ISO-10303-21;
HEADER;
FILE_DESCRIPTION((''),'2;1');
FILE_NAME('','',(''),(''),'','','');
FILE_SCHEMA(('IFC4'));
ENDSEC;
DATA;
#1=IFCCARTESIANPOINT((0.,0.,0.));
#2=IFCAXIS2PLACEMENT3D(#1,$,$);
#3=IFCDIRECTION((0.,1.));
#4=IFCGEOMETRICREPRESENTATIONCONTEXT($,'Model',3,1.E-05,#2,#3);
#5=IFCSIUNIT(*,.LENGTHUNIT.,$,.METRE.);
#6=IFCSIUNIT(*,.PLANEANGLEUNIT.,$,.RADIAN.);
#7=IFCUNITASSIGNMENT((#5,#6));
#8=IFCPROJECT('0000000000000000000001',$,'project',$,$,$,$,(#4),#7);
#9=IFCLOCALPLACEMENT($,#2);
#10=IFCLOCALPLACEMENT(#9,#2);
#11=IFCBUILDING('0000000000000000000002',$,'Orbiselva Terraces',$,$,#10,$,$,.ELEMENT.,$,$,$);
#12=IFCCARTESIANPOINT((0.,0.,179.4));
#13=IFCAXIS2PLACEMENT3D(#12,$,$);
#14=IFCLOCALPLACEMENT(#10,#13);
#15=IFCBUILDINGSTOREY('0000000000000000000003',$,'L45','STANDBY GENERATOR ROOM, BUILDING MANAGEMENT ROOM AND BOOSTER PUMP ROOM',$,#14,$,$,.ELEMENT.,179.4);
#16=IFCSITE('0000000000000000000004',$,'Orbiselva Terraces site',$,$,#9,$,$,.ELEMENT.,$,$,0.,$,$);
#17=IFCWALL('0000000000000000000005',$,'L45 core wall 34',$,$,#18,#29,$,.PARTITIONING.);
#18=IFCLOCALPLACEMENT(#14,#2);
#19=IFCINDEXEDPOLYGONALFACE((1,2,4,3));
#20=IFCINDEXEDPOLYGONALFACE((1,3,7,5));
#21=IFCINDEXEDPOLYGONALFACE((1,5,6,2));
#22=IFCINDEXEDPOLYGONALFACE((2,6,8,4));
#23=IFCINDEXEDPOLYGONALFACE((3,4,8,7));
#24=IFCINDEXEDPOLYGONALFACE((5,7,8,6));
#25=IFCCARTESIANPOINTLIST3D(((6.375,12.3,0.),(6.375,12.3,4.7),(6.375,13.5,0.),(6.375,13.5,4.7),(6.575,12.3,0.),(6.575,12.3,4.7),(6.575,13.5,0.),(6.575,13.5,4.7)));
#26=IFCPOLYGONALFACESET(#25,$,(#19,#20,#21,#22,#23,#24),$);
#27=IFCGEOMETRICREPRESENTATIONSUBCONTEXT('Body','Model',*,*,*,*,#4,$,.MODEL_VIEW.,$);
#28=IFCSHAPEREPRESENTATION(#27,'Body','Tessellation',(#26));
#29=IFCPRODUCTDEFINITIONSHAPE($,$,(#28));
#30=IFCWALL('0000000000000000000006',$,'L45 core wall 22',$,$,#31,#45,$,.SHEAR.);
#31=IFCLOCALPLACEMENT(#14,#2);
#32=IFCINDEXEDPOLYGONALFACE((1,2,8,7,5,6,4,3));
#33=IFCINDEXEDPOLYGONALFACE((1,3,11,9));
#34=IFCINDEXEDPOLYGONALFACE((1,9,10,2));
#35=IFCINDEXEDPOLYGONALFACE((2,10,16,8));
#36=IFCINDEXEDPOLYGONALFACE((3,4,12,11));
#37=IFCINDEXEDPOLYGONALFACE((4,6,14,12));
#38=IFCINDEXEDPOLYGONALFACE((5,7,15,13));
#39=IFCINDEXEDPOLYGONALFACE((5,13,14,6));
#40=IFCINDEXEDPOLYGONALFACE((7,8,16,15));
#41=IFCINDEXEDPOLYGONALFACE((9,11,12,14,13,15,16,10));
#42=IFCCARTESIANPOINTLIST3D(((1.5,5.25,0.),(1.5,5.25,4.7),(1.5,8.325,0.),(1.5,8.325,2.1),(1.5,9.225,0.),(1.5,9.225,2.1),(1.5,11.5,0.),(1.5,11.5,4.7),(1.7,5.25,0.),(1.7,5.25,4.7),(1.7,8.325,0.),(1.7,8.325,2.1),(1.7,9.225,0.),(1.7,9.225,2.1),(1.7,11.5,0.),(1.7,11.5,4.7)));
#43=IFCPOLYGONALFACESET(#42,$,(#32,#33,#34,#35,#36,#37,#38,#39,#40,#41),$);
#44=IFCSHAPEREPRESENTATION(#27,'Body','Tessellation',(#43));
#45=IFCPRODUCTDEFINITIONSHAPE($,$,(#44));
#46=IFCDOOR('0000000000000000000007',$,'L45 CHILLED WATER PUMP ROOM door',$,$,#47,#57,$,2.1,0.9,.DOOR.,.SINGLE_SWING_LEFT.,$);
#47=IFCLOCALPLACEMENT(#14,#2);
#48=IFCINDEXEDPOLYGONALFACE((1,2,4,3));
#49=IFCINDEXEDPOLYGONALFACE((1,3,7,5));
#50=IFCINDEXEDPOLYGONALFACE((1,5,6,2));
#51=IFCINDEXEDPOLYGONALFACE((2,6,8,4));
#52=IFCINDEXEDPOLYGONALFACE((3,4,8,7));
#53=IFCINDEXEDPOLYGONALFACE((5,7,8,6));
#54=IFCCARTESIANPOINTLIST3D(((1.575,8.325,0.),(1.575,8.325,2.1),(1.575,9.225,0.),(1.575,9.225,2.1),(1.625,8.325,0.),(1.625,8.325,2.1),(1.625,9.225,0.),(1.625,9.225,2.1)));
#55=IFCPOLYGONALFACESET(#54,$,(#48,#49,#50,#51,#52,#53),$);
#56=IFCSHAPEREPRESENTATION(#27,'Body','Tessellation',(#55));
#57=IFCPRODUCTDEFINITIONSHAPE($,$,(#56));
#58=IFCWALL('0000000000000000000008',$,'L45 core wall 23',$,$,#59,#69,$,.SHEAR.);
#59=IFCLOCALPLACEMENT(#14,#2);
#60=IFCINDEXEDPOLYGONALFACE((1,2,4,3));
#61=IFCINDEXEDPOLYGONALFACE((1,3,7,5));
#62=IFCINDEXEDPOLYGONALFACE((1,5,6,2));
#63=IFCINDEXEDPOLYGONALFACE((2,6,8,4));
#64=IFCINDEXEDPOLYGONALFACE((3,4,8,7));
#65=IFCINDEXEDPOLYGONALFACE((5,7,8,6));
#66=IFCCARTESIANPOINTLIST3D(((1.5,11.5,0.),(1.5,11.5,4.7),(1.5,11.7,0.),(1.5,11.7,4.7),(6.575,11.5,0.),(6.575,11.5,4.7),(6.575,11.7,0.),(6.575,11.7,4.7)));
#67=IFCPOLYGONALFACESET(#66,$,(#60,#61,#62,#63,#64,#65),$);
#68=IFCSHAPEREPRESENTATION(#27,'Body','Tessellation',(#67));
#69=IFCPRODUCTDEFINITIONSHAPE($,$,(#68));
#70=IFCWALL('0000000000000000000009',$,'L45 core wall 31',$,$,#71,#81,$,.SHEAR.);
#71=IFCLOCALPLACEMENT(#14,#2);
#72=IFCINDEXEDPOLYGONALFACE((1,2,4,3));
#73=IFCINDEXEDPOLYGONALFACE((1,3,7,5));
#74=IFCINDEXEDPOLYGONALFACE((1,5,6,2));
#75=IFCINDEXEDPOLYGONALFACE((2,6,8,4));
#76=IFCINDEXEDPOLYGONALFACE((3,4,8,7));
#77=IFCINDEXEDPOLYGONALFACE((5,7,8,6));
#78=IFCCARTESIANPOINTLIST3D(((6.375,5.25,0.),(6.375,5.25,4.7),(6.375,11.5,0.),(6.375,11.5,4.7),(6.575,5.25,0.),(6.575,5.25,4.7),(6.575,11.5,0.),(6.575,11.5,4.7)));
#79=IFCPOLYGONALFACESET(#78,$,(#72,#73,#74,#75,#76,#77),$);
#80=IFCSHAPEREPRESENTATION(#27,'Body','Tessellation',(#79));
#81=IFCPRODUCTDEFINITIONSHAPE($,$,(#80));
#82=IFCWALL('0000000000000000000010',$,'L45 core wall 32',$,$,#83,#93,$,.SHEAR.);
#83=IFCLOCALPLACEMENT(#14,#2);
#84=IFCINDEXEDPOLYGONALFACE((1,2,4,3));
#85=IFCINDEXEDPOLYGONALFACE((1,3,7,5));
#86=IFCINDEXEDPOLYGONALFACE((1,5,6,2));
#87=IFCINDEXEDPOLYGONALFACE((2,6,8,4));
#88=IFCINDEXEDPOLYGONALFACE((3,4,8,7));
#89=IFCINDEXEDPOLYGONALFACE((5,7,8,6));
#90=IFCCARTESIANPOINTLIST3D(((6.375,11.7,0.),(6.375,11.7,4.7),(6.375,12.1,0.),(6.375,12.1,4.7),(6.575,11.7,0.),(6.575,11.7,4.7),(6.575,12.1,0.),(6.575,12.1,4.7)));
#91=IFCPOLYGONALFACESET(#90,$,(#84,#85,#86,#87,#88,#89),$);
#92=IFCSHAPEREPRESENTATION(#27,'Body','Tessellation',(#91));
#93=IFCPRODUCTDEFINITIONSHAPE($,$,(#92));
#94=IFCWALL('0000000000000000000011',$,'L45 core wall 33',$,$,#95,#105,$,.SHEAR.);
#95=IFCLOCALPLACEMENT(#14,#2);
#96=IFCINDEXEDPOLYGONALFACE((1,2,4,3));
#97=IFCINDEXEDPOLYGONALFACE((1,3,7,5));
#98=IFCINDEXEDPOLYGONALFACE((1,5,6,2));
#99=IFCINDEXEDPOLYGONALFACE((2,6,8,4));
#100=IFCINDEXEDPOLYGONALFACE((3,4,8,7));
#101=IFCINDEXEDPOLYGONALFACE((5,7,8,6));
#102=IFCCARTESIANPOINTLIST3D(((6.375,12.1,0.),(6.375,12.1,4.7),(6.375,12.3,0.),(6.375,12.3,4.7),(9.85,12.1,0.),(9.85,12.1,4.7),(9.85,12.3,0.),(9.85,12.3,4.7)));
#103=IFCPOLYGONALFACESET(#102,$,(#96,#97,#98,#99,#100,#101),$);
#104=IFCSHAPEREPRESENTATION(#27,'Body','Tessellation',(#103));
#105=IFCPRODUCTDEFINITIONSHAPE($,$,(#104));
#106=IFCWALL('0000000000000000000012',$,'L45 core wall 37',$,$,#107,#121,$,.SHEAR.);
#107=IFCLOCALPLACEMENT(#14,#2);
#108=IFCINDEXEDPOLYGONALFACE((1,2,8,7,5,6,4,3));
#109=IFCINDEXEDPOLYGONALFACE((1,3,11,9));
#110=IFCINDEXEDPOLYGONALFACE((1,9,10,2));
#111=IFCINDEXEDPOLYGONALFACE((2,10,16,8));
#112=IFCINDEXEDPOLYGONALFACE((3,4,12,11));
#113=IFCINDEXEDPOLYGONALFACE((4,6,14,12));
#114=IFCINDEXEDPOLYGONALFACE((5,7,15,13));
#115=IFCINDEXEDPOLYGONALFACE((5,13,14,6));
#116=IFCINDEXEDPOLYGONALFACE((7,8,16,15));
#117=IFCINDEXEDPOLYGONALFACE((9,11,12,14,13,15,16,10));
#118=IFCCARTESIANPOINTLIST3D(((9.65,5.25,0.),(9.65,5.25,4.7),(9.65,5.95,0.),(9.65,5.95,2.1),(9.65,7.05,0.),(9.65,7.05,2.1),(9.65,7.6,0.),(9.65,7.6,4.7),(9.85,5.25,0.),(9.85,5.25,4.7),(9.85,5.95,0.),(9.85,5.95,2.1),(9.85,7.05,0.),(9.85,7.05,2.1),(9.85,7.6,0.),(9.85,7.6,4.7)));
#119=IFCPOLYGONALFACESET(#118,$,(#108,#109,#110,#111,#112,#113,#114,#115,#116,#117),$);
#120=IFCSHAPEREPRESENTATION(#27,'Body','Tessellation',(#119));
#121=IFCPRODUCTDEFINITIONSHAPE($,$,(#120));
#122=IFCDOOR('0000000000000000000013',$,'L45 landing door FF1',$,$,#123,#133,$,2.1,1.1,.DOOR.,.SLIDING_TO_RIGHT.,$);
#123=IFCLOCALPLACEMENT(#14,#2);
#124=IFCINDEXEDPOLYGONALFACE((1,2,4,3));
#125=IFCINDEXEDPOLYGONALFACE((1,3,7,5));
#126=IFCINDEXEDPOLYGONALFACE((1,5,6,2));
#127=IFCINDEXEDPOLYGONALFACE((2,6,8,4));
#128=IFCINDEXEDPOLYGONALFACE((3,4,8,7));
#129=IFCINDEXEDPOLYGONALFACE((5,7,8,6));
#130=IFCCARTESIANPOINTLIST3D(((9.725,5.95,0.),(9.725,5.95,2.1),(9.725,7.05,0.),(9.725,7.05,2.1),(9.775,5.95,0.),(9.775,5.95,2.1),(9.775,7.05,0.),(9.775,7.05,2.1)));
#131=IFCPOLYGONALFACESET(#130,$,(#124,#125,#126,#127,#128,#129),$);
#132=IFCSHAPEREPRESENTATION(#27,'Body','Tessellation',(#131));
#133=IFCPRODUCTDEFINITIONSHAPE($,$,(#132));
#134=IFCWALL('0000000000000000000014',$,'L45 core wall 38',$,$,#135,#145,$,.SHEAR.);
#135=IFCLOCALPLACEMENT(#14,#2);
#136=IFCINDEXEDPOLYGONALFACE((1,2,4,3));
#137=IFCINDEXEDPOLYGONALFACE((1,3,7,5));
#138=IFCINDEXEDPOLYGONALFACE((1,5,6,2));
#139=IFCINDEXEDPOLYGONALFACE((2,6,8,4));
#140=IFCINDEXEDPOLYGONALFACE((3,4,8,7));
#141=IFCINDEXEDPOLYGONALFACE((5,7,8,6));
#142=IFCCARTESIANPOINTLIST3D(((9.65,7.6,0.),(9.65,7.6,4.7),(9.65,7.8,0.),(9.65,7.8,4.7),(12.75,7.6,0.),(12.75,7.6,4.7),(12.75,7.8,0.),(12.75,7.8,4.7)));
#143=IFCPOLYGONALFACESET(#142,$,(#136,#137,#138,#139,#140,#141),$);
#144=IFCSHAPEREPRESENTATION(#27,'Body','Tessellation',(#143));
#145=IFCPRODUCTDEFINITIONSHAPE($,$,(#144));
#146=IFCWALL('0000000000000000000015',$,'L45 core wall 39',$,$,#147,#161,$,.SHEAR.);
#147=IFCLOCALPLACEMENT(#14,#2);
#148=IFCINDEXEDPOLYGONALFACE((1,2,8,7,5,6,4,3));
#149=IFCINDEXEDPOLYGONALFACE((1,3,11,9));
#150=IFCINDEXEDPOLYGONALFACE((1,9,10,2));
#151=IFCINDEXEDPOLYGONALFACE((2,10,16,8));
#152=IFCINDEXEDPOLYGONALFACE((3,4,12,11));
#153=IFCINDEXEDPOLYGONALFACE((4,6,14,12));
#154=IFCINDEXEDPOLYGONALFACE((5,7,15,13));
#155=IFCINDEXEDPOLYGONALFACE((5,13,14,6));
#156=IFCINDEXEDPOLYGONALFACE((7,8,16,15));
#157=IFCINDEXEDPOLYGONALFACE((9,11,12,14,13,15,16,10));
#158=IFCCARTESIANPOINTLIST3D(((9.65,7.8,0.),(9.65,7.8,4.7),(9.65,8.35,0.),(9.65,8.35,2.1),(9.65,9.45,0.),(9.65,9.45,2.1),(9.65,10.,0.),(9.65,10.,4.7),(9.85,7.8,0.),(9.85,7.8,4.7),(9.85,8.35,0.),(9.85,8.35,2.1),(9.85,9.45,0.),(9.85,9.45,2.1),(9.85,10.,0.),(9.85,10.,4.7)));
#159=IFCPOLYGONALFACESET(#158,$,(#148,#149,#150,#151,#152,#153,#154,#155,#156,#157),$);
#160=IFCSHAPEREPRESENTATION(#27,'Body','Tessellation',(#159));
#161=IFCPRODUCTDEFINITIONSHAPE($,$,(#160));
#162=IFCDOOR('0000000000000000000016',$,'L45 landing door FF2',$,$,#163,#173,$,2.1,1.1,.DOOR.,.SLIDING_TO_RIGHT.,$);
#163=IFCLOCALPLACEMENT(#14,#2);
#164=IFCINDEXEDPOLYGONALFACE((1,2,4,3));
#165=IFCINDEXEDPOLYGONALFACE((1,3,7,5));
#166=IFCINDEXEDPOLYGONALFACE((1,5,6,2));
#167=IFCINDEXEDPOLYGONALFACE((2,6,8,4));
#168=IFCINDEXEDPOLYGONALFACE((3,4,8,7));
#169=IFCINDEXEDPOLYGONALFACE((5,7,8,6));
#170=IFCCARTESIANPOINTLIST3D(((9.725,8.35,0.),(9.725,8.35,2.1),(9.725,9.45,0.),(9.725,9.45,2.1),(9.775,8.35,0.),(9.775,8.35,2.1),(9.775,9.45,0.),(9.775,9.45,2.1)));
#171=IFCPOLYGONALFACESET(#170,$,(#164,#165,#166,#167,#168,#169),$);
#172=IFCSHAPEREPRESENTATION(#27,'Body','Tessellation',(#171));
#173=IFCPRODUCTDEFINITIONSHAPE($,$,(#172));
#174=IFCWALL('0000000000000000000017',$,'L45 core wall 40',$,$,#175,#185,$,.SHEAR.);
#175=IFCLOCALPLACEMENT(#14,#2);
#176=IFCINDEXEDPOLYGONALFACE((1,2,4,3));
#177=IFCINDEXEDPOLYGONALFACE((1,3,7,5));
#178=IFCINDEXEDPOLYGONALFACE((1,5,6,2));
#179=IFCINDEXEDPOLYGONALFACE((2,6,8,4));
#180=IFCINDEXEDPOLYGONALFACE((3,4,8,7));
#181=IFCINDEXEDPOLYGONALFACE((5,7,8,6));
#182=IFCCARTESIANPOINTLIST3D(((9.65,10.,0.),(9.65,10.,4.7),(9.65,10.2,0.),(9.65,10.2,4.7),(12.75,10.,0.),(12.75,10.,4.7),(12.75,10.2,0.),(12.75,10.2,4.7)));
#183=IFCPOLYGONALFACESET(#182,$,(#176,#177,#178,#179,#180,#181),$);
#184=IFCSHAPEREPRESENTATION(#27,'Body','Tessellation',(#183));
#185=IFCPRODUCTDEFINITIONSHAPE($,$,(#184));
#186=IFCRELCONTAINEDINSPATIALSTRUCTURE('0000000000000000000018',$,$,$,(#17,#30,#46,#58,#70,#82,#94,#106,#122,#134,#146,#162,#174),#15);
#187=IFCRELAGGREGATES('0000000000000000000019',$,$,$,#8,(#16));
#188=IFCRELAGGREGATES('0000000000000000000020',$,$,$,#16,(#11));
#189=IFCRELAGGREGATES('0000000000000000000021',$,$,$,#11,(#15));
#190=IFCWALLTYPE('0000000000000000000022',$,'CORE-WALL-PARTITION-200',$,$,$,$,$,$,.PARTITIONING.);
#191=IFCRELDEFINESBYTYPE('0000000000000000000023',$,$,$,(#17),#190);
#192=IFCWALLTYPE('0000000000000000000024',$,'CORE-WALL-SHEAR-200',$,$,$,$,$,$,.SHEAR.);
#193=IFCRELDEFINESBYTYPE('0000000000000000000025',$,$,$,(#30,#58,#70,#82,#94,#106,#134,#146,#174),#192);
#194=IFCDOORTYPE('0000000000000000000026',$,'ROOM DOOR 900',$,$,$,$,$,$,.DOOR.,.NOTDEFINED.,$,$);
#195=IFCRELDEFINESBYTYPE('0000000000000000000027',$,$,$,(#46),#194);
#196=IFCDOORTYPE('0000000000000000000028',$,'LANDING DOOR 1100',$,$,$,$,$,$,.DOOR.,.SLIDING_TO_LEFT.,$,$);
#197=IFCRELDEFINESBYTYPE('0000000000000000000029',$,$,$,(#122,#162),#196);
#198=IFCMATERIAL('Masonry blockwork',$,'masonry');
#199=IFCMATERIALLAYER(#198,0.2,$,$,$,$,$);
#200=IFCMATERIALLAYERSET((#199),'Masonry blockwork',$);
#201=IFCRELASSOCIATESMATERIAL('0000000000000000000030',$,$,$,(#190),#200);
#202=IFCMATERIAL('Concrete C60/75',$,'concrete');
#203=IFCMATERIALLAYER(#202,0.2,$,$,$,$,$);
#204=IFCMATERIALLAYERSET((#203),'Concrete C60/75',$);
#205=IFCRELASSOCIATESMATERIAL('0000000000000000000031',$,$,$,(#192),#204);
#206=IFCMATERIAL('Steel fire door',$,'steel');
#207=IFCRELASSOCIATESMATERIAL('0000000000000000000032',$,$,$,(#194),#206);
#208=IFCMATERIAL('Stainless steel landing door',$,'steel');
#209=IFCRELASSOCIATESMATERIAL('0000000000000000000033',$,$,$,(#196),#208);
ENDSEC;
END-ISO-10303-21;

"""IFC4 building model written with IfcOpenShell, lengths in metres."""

from ifc_helpers import new_model, si_unit, direction, frame, frame_2d, origin, place, context, subcontext, project, spatial, rectangle, extrude, material, layer, layer_set, type_object, element, fill, save


model = new_model("IFC4")

# Units and contexts
model_context = context("Model", 3, precision=1e-05, world=origin(), true_north=direction((0.0, 1.0)))
body_context = subcontext(model_context, "Body", "Model", "MODEL_VIEW")
ifc_project = project(units=[si_unit("LENGTHUNIT", "METRE"), si_unit("PLANEANGLEUNIT", "RADIAN")], contexts=[model_context])

# Site, building, storey
site_placement = place(None, origin())
site = spatial("IfcSite", under=ifc_project, at=site_placement, Name="Orbiselva Terraces site", CompositionType="ELEMENT", RefElevation=0.0)
building_placement = place(site_placement, origin())
building = spatial("IfcBuilding", under=site, at=building_placement, Name="Orbiselva Terraces", CompositionType="ELEMENT")
storey_placement = place(building_placement, frame((0.0, 0.0, 179.4)))
storey = spatial("IfcBuildingStorey", under=building, at=storey_placement, Name="L45", Description="STANDBY GENERATOR ROOM, BUILDING MANAGEMENT ROOM AND BOOSTER PUMP ROOM", CompositionType="ELEMENT", Elevation=179.4)

# Wall
ifc_material_1 = material(Name="Masonry blockwork", Category="masonry")
ifc_layer_1 = layer(ifc_material_1, 0.2)
ifc_layer_set_1 = layer_set([ifc_layer_1], Name="Masonry blockwork")
wall_type_1 = type_object("IfcWallType", Name="CORE-WALL-PARTITION-200", PredefinedType="PARTITIONING", material=ifc_layer_set_1)
wall_1_placement = place(storey_placement, frame((6.475, 12.3, 0.0), z_axis=(0.0, 0.0, 1.0), x_axis=(0.0, 1.0, 0.0)))
element("IfcWall", 1, at=wall_1_placement, inside=storey, type_object=wall_type_1, Name="L45 core wall 34", PredefinedType="PARTITIONING", context=body_context, shape_type="SweptSolid", body=[
    extrude(rectangle(XDim=1.2, YDim=0.2, at=frame_2d((0.6, 0.0))), origin(), (0.0, 0.0, 1.0), 4.7),
])

# Wall, opening, door
ifc_material_2 = material(Name="Concrete C60/75", Category="concrete")
ifc_layer_2 = layer(ifc_material_2, 0.2)
ifc_layer_set_2 = layer_set([ifc_layer_2], Name="Concrete C60/75")
wall_type_2 = type_object("IfcWallType", Name="CORE-WALL-SHEAR-200", PredefinedType="SHEAR", material=ifc_layer_set_2)
wall_2_placement = place(storey_placement, frame((1.6, 11.5, 0.0), z_axis=(0.0, 0.0, 1.0), x_axis=(0.0, -1.0, 0.0)))
wall_2 = element("IfcWall", 2, at=wall_2_placement, inside=storey, type_object=wall_type_2, Name="L45 core wall 22", PredefinedType="SHEAR", context=body_context, shape_type="SweptSolid", body=[
    extrude(rectangle(XDim=6.25, YDim=0.2, at=frame_2d((3.125, 0.0))), origin(), (0.0, 0.0, 1.0), 4.7),
])
opening_1_placement = place(wall_2_placement, frame((2.275, 0.0, 0.0)))
opening_1 = element("IfcOpeningElement", 3, at=opening_1_placement, cuts=wall_2, PredefinedType="OPENING", context=body_context, shape_type="SweptSolid", body=[
    extrude(rectangle(XDim=0.9, YDim=2.1, at=frame_2d((0.45, 1.05))), frame((0.0, 0.11, 0.0), z_axis=(0.0, -1.0, 0.0), x_axis=(1.0, 0.0, 0.0)), (0.0, 0.0, 1.0), 0.22),
])
ifc_material_3 = material(Name="Steel fire door", Category="steel")
door_type_1 = type_object("IfcDoorType", Name="ROOM DOOR 900", OperationType="NOTDEFINED", PredefinedType="DOOR", material=ifc_material_3)
door_1_placement = place(opening_1_placement, origin())
door_1 = element("IfcDoor", 4, at=door_1_placement, inside=storey, type_object=door_type_1, Name="L45 CHILLED WATER PUMP ROOM door", OperationType="SINGLE_SWING_LEFT", OverallHeight=2.1, OverallWidth=0.9, PredefinedType="DOOR", context=body_context, shape_type="SweptSolid", body=[
    extrude(rectangle(XDim=0.9, YDim=2.1, at=frame_2d((0.45, 1.05))), frame((0.0, 0.025, 0.0), z_axis=(0.0, -1.0, 0.0), x_axis=(1.0, 0.0, 0.0)), (0.0, 0.0, 1.0), 0.05),
])
fill(opening_1, door_1)

# Walls
wall_3_placement = place(storey_placement, frame((1.5, 11.6, 0.0), z_axis=(0.0, 0.0, 1.0), x_axis=(1.0, 0.0, 0.0)))
element("IfcWall", 5, at=wall_3_placement, inside=storey, type_object=wall_type_2, Name="L45 core wall 23", PredefinedType="SHEAR", context=body_context, shape_type="SweptSolid", body=[
    extrude(rectangle(XDim=5.075, YDim=0.2, at=frame_2d((2.5375, 0.0))), origin(), (0.0, 0.0, 1.0), 4.7),
])
wall_4_placement = place(storey_placement, frame((6.475, 5.25, 0.0), z_axis=(0.0, 0.0, 1.0), x_axis=(0.0, 1.0, 0.0)))
element("IfcWall", 6, at=wall_4_placement, inside=storey, type_object=wall_type_2, Name="L45 core wall 31", PredefinedType="SHEAR", context=body_context, shape_type="SweptSolid", body=[
    extrude(rectangle(XDim=6.25, YDim=0.2, at=frame_2d((3.125, 0.0))), origin(), (0.0, 0.0, 1.0), 4.7),
])
wall_5_placement = place(storey_placement, frame((6.475, 11.7, 0.0), z_axis=(0.0, 0.0, 1.0), x_axis=(0.0, 1.0, 0.0)))
element("IfcWall", 7, at=wall_5_placement, inside=storey, type_object=wall_type_2, Name="L45 core wall 32", PredefinedType="SHEAR", context=body_context, shape_type="SweptSolid", body=[
    extrude(rectangle(XDim=0.4, YDim=0.2, at=frame_2d((0.2, 0.0))), origin(), (0.0, 0.0, 1.0), 4.7),
])
wall_6_placement = place(storey_placement, frame((6.375, 12.2, 0.0), z_axis=(0.0, 0.0, 1.0), x_axis=(1.0, 0.0, 0.0)))
element("IfcWall", 8, at=wall_6_placement, inside=storey, type_object=wall_type_2, Name="L45 core wall 33", PredefinedType="SHEAR", context=body_context, shape_type="SweptSolid", body=[
    extrude(rectangle(XDim=3.475, YDim=0.2, at=frame_2d((1.7375, 0.0))), origin(), (0.0, 0.0, 1.0), 4.7),
])

# Wall, opening, door
wall_7_placement = place(storey_placement, frame((9.75, 5.25, 0.0), z_axis=(0.0, 0.0, 1.0), x_axis=(0.0, 1.0, 0.0)))
wall_7 = element("IfcWall", 9, at=wall_7_placement, inside=storey, type_object=wall_type_2, Name="L45 core wall 37", PredefinedType="SHEAR", context=body_context, shape_type="SweptSolid", body=[
    extrude(rectangle(XDim=2.35, YDim=0.2, at=frame_2d((1.175, 0.0))), origin(), (0.0, 0.0, 1.0), 4.7),
])
opening_2_placement = place(wall_7_placement, frame((0.7, 0.0, 0.0)))
opening_2 = element("IfcOpeningElement", 10, at=opening_2_placement, cuts=wall_7, PredefinedType="OPENING", context=body_context, shape_type="SweptSolid", body=[
    extrude(rectangle(XDim=1.1, YDim=2.1, at=frame_2d((0.55, 1.05))), frame((0.0, 0.11, 0.0), z_axis=(0.0, -1.0, 0.0), x_axis=(1.0, 0.0, 0.0)), (0.0, 0.0, 1.0), 0.22),
])
ifc_material_4 = material(Name="Stainless steel landing door", Category="steel")
door_type_2 = type_object("IfcDoorType", Name="LANDING DOOR 1100", OperationType="SLIDING_TO_LEFT", PredefinedType="DOOR", material=ifc_material_4)
door_2_placement = place(opening_2_placement, origin())
door_2 = element("IfcDoor", 11, at=door_2_placement, inside=storey, type_object=door_type_2, Name="L45 landing door FF1", OperationType="SLIDING_TO_RIGHT", OverallHeight=2.1, OverallWidth=1.1, PredefinedType="DOOR", context=body_context, shape_type="SweptSolid", body=[
    extrude(rectangle(XDim=1.1, YDim=2.1, at=frame_2d((0.55, 1.05))), frame((0.0, 0.025, 0.0), z_axis=(0.0, -1.0, 0.0), x_axis=(1.0, 0.0, 0.0)), (0.0, 0.0, 1.0), 0.05),
])
fill(opening_2, door_2)

# Wall
wall_8_placement = place(storey_placement, frame((9.65, 7.7, 0.0), z_axis=(0.0, 0.0, 1.0), x_axis=(1.0, 0.0, 0.0)))
element("IfcWall", 12, at=wall_8_placement, inside=storey, type_object=wall_type_2, Name="L45 core wall 38", PredefinedType="SHEAR", context=body_context, shape_type="SweptSolid", body=[
    extrude(rectangle(XDim=3.1, YDim=0.2, at=frame_2d((1.55, 0.0))), origin(), (0.0, 0.0, 1.0), 4.7),
])

# Wall, opening, door
wall_9_placement = place(storey_placement, frame((9.75, 7.8, 0.0), z_axis=(0.0, 0.0, 1.0), x_axis=(0.0, 1.0, 0.0)))
wall_9 = element("IfcWall", 13, at=wall_9_placement, inside=storey, type_object=wall_type_2, Name="L45 core wall 39", PredefinedType="SHEAR", context=body_context, shape_type="SweptSolid", body=[
    extrude(rectangle(XDim=2.2, YDim=0.2, at=frame_2d((1.1, 0.0))), origin(), (0.0, 0.0, 1.0), 4.7),
])
opening_3_placement = place(wall_9_placement, frame((0.55, 0.0, 0.0)))
opening_3 = element("IfcOpeningElement", 14, at=opening_3_placement, cuts=wall_9, PredefinedType="OPENING", context=body_context, shape_type="SweptSolid", body=[
    extrude(rectangle(XDim=1.1, YDim=2.1, at=frame_2d((0.55, 1.05))), frame((0.0, 0.11, 0.0), z_axis=(0.0, -1.0, 0.0), x_axis=(1.0, 0.0, 0.0)), (0.0, 0.0, 1.0), 0.22),
])
door_3_placement = place(opening_3_placement, origin())
door_3 = element("IfcDoor", 15, at=door_3_placement, inside=storey, type_object=door_type_2, Name="L45 landing door FF2", OperationType="SLIDING_TO_RIGHT", OverallHeight=2.1, OverallWidth=1.1, PredefinedType="DOOR", context=body_context, shape_type="SweptSolid", body=[
    extrude(rectangle(XDim=1.1, YDim=2.1, at=frame_2d((0.55, 1.05))), frame((0.0, 0.025, 0.0), z_axis=(0.0, -1.0, 0.0), x_axis=(1.0, 0.0, 0.0)), (0.0, 0.0, 1.0), 0.05),
])
fill(opening_3, door_3)

# Wall
wall_10_placement = place(storey_placement, frame((9.65, 10.1, 0.0), z_axis=(0.0, 0.0, 1.0), x_axis=(1.0, 0.0, 0.0)))
element("IfcWall", 16, at=wall_10_placement, inside=storey, type_object=wall_type_2, Name="L45 core wall 40", PredefinedType="SHEAR", context=body_context, shape_type="SweptSolid", body=[
    extrude(rectangle(XDim=3.1, YDim=0.2, at=frame_2d((1.55, 0.0))), origin(), (0.0, 0.0, 1.0), 4.7),
])

save(model, "model.ifc")
